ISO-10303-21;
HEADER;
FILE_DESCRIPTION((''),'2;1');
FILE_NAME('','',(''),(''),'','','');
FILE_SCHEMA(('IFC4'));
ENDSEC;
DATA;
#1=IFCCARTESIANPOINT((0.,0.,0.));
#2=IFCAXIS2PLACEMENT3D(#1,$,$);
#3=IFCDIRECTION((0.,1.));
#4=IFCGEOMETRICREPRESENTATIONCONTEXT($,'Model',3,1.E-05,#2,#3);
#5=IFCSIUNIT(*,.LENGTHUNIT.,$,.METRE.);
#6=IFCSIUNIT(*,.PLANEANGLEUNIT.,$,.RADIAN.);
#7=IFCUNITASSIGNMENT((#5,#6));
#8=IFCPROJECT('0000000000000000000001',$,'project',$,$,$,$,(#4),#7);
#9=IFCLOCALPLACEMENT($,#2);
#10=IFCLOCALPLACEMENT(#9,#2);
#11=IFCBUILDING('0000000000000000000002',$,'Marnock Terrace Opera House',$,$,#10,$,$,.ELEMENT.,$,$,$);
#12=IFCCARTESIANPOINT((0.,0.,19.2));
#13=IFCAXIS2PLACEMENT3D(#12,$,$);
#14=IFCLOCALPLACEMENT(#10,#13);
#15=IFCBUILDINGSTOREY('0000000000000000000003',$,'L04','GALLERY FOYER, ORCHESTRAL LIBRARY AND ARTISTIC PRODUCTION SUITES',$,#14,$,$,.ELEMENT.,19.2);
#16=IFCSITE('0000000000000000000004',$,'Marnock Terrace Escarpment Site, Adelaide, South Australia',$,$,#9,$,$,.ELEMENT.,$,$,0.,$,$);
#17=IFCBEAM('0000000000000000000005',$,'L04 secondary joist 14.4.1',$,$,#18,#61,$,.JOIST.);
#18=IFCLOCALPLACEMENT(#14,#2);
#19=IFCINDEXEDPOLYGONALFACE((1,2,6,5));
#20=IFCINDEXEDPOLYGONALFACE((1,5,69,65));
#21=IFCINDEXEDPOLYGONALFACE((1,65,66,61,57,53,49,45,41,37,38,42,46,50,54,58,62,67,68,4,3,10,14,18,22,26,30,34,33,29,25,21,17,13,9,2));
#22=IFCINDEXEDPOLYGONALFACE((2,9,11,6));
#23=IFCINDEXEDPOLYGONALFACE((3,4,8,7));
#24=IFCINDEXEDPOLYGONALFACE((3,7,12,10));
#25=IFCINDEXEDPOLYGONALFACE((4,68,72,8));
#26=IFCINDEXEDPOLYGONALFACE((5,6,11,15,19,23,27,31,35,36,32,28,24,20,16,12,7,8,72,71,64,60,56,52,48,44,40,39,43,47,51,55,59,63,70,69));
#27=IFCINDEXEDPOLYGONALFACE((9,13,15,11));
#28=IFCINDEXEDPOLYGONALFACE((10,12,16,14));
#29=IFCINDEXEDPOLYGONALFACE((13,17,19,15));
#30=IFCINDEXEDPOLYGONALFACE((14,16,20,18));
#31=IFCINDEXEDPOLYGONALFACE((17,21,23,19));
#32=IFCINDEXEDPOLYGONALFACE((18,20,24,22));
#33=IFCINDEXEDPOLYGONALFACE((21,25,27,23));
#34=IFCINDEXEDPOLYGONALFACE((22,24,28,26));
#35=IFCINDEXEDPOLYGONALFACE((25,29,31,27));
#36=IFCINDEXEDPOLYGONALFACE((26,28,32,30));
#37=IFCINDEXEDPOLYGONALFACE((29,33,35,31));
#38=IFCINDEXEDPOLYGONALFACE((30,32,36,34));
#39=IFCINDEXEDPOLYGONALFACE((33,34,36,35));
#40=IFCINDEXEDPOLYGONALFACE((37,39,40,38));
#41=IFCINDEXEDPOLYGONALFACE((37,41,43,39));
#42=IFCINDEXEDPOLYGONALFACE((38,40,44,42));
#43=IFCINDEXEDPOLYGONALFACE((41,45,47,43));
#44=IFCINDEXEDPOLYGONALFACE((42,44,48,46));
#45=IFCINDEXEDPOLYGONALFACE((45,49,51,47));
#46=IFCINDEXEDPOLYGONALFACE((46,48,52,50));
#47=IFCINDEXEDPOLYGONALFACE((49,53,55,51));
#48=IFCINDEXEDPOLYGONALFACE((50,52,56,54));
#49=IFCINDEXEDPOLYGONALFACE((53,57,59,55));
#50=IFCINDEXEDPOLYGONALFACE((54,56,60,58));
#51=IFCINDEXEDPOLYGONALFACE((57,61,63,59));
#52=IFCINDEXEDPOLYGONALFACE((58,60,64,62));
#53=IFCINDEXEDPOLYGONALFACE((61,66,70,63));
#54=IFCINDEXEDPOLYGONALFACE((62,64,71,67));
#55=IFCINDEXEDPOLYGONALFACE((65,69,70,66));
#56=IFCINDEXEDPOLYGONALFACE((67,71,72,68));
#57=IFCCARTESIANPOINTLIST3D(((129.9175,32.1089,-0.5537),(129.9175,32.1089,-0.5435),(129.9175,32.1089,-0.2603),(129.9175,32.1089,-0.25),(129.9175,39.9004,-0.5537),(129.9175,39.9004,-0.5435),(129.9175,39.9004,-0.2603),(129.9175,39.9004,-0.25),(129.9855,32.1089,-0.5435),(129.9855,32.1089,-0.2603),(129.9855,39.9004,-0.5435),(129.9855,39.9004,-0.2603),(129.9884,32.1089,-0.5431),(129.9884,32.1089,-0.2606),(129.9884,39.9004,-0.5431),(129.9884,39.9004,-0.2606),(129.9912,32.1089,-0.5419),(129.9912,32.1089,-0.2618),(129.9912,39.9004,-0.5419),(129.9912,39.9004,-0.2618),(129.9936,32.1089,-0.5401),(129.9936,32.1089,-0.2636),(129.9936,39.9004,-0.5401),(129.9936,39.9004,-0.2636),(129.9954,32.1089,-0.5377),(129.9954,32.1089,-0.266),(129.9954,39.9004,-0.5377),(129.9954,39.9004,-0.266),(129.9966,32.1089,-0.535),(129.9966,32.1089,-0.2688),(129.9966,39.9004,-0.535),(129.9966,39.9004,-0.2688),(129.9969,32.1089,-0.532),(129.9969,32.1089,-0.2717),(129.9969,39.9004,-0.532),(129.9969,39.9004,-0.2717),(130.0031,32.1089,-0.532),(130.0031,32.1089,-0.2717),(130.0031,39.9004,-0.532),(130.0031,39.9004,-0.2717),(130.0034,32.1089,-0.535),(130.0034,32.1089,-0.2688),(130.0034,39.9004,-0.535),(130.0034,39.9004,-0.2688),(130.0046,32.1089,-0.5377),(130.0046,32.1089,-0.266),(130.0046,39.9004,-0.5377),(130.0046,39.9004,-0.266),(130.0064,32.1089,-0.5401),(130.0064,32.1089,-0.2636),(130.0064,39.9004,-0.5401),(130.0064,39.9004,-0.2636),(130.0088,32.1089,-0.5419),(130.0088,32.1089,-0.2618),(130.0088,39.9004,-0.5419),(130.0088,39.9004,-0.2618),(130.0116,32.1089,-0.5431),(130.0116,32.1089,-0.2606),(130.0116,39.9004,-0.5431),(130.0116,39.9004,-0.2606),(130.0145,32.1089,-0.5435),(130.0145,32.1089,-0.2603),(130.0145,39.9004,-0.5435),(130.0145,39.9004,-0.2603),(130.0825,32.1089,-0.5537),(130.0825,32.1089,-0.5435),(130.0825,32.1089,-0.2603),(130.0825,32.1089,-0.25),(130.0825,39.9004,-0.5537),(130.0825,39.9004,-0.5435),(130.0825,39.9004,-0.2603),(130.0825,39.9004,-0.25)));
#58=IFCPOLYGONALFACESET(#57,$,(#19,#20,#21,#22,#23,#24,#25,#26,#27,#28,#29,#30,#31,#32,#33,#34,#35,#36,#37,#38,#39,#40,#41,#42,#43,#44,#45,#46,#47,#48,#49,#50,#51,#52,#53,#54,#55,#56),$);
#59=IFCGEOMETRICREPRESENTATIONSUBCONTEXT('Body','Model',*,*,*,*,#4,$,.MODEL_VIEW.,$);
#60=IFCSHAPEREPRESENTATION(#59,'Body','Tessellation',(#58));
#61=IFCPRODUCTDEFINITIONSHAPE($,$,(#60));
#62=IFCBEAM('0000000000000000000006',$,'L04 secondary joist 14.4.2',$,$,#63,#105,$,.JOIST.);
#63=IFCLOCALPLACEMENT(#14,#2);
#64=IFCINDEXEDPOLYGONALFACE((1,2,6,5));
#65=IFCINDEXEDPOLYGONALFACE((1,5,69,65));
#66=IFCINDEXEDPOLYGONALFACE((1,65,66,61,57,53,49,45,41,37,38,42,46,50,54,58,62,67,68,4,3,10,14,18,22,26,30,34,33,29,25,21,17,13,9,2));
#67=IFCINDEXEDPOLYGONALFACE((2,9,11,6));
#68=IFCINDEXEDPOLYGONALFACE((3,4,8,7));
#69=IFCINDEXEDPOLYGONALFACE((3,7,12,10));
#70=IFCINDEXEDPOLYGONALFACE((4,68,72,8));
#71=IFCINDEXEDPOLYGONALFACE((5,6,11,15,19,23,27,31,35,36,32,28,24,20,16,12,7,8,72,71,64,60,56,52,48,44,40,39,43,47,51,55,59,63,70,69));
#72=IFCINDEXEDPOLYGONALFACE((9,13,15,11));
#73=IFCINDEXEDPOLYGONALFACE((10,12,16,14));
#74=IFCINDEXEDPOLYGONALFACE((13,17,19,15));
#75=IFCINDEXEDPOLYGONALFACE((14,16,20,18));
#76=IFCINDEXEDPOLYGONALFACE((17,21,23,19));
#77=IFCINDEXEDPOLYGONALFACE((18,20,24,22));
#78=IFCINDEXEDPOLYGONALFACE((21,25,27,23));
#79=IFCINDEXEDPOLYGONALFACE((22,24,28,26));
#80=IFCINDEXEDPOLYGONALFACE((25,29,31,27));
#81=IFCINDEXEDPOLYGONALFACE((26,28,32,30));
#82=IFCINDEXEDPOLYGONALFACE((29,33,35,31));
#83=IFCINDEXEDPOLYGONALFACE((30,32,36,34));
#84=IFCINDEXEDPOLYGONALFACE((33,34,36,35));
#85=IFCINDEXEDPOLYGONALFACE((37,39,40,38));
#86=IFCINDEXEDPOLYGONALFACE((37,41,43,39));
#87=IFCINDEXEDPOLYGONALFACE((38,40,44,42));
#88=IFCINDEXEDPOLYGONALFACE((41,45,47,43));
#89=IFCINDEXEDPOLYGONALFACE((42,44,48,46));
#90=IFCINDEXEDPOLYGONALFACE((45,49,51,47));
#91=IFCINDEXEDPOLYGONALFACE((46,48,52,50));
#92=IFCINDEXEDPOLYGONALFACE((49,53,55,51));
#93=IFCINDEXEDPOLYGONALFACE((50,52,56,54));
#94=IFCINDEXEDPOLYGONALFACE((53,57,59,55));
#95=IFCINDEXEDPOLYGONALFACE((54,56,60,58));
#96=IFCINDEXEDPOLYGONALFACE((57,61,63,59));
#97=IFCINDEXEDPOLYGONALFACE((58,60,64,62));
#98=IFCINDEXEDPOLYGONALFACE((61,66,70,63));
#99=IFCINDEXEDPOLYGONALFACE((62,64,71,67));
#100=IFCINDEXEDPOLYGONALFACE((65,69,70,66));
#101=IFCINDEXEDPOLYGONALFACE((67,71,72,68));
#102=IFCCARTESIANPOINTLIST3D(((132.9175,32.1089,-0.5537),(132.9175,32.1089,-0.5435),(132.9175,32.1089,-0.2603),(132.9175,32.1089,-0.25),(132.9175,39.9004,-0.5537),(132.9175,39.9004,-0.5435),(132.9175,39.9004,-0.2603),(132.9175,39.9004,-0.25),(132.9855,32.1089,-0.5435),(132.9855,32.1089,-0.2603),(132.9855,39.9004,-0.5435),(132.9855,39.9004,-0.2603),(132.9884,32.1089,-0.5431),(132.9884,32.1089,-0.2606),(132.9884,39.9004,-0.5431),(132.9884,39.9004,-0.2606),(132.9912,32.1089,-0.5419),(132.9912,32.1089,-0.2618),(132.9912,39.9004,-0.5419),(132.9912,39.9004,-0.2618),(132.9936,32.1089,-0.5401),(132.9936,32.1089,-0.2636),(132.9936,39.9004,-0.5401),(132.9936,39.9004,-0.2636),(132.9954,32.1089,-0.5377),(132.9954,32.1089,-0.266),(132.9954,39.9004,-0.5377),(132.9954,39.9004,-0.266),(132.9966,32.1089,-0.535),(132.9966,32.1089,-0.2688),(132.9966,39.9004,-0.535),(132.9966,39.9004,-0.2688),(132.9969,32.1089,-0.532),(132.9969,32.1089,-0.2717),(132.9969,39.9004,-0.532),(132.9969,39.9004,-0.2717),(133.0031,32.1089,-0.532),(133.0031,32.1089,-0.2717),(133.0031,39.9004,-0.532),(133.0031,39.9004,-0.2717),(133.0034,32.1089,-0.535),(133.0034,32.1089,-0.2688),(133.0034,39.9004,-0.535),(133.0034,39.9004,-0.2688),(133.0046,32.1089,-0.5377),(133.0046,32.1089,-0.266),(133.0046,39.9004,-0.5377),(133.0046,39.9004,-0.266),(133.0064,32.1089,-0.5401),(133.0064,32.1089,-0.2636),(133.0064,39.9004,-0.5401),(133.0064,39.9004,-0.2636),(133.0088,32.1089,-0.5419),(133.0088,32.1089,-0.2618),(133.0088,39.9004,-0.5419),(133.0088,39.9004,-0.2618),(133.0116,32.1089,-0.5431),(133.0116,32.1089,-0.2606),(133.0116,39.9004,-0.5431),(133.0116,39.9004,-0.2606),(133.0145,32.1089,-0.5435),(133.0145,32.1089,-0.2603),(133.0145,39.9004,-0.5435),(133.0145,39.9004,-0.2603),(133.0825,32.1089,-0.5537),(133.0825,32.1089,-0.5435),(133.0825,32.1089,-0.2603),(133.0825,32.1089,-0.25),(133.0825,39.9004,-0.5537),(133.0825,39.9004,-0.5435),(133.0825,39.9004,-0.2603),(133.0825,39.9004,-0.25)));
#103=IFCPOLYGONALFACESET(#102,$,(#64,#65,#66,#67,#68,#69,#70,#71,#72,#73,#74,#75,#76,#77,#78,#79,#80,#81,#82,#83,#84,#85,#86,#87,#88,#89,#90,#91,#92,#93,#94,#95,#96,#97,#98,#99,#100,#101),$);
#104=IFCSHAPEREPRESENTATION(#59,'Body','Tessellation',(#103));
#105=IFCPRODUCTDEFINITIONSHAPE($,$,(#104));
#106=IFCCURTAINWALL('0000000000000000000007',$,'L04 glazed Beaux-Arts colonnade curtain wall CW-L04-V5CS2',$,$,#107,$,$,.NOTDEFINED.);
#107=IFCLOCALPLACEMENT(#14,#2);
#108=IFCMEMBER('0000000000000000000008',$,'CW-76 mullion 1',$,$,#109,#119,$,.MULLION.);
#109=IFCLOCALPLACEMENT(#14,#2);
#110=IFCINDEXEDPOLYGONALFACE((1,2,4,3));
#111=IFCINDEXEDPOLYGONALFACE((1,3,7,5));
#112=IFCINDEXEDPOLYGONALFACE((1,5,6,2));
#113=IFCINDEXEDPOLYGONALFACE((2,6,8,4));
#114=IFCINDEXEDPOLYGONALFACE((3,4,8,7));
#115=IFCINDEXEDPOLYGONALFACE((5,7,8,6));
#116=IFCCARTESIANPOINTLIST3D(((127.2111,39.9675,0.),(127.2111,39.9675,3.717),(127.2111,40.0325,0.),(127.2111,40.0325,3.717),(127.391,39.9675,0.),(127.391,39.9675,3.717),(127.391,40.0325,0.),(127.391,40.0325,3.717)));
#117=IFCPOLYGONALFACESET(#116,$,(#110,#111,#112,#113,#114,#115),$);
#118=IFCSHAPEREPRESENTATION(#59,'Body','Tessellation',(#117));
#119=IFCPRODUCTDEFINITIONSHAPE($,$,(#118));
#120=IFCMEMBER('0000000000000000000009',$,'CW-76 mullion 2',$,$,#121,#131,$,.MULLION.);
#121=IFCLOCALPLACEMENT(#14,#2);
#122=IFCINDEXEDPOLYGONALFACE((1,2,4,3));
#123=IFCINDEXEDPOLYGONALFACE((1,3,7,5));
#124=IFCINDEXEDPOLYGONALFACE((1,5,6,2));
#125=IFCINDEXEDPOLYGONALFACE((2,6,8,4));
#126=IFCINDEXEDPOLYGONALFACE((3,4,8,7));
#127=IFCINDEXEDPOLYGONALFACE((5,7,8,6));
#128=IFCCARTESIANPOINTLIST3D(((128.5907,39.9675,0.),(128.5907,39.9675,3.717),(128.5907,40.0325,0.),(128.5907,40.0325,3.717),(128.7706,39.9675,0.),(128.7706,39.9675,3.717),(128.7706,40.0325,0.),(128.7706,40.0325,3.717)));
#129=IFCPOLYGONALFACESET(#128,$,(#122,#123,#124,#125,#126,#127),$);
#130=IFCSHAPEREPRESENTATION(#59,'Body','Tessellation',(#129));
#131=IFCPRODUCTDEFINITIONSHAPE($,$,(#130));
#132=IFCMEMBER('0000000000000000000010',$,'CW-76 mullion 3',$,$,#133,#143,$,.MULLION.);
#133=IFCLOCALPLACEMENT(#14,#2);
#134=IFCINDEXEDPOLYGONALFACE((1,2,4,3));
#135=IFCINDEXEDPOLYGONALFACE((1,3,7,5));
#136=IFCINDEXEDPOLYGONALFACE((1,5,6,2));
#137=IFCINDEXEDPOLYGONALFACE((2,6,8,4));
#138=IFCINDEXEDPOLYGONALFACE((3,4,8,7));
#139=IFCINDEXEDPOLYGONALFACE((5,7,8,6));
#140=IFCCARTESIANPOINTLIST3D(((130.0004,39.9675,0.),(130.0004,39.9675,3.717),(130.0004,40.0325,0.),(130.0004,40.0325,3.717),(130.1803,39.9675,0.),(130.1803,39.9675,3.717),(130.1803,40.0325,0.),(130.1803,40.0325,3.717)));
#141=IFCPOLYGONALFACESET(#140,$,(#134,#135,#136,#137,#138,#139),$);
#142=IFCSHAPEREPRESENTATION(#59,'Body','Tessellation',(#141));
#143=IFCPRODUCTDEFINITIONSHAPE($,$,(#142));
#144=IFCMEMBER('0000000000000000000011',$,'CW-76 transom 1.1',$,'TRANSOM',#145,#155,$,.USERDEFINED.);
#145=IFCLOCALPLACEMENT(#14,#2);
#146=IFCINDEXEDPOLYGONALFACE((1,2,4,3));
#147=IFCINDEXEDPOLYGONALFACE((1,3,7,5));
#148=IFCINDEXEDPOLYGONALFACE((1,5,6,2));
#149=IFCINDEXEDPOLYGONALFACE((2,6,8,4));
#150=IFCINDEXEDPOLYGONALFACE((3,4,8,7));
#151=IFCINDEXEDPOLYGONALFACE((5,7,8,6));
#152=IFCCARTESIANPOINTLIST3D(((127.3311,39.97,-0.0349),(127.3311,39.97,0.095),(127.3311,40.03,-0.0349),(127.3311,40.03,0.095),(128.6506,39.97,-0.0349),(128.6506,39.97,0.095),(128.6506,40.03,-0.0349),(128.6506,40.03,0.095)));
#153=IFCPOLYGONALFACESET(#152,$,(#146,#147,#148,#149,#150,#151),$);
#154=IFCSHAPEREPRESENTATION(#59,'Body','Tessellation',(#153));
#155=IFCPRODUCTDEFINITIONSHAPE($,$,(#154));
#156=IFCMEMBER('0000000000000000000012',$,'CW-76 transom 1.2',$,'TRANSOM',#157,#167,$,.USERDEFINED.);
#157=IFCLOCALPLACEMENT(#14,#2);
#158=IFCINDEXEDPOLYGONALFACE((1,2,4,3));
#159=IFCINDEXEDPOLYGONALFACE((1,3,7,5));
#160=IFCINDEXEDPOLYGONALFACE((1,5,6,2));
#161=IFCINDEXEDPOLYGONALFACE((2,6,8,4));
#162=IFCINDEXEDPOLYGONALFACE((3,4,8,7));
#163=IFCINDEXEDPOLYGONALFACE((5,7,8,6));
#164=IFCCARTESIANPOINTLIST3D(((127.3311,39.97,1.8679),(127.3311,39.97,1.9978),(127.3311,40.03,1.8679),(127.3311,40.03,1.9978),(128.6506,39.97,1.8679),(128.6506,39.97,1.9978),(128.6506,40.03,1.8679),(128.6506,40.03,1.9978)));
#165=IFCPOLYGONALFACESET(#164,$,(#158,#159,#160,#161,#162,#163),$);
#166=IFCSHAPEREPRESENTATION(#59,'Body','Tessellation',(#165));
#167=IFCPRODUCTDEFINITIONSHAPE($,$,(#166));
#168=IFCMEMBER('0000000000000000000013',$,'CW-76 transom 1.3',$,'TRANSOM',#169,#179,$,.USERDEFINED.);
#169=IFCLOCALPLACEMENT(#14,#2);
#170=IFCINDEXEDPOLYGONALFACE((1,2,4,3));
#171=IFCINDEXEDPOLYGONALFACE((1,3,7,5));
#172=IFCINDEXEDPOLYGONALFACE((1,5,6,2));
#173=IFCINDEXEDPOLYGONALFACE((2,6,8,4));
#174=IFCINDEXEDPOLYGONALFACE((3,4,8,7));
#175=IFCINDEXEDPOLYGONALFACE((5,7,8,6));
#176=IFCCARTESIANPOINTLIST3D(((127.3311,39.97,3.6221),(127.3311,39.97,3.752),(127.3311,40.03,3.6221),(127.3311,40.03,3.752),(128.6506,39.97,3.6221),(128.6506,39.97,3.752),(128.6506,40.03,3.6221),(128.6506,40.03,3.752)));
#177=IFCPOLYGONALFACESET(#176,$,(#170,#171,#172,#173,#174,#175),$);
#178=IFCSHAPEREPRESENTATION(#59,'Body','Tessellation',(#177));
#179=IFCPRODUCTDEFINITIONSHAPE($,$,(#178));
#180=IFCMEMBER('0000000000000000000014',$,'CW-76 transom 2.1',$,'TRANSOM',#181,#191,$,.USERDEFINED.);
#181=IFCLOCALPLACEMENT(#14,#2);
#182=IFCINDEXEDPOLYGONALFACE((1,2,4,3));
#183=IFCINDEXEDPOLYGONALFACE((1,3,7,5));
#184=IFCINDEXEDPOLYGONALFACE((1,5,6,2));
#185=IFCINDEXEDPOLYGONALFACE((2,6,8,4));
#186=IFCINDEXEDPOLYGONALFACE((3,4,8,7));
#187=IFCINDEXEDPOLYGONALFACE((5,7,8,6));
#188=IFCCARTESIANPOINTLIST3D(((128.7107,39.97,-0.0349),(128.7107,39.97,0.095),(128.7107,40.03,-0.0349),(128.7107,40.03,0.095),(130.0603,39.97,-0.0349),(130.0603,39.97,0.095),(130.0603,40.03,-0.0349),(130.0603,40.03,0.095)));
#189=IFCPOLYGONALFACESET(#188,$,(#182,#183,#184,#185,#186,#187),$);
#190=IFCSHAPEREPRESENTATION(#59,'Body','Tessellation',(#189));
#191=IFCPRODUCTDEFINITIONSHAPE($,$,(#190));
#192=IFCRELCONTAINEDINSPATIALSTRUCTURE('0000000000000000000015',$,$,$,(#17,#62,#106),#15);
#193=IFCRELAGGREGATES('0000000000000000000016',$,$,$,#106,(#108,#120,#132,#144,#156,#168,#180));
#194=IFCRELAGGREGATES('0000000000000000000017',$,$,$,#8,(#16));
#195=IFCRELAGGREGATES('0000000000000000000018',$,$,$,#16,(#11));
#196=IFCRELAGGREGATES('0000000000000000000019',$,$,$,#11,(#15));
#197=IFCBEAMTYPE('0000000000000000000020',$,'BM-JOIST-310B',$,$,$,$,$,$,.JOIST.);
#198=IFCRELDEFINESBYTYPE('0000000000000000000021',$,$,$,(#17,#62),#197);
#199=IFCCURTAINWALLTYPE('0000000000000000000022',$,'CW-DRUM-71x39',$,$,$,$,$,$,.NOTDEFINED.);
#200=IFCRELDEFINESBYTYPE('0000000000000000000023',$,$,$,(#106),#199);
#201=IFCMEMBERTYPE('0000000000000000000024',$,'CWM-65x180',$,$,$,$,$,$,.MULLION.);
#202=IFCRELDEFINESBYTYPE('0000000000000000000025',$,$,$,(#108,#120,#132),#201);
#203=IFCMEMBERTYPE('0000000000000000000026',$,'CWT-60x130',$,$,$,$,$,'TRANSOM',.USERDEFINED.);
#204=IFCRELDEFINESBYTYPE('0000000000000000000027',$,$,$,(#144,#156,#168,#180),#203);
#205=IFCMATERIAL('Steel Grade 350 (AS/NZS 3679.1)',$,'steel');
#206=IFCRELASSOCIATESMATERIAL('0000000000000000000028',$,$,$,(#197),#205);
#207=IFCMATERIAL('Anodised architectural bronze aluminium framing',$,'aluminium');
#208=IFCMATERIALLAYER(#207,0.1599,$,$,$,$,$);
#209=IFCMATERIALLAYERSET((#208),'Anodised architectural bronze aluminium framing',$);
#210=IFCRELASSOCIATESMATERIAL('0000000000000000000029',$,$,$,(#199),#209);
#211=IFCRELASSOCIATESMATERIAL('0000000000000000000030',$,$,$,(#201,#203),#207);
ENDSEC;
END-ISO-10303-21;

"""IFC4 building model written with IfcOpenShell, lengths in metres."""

from ifc_helpers import new_model, si_unit, direction, frame, origin, origin_2d, place, context, subcontext, project, spatial, rectangle, i_section, extrude, material, layer, layer_set, material_profile, profile_set, type_object, element, aggregate, save


model = new_model("IFC4")

# Units and contexts
model_context = context("Model", 3, precision=1e-05, world=origin(), true_north=direction((0.0, 1.0)))
body_context = subcontext(model_context, "Body", "Model", "MODEL_VIEW")
ifc_project = project(units=[si_unit("LENGTHUNIT", "METRE"), si_unit("PLANEANGLEUNIT", "RADIAN")], contexts=[model_context])

# Site, building, storey
site_placement = place(None, origin())
site = spatial("IfcSite", under=ifc_project, at=site_placement, Name="Marnock Terrace Escarpment Site, Adelaide, South Australia", CompositionType="ELEMENT", RefElevation=0.0)
building_placement = place(site_placement, origin())
building = spatial("IfcBuilding", under=site, at=building_placement, Name="Marnock Terrace Opera House", CompositionType="ELEMENT")
storey_placement = place(building_placement, frame((0.0, 0.0, 19.2)))
storey = spatial("IfcBuildingStorey", under=building, at=storey_placement, Name="L04", Description="GALLERY FOYER, ORCHESTRAL LIBRARY AND ARTISTIC PRODUCTION SUITES", CompositionType="ELEMENT", Elevation=19.2)

# Beams
ifc_material_1 = material(Name="Steel Grade 350 (AS/NZS 3679.1)", Category="steel")
ifc_material_profile_1 = material_profile(ifc_material_1, i_section(OverallWidth=0.165, OverallDepth=0.3037, WebThickness=0.0061, FlangeThickness=0.0103, FilletRadius=0.0115, at=origin_2d()))
ifc_profile_set_1 = profile_set([ifc_material_profile_1], Name="Steel Grade 350 (AS/NZS 3679.1)")
beam_type_1 = type_object("IfcBeamType", Name="BM-JOIST-310B", PredefinedType="JOIST", material=ifc_profile_set_1)
for number, where, z_axis, x_axis, name in (
    (1, (130.0, 32.1089, -0.4019), (0.0, 1.0, 0.0), (-1.0, 0.0, 0.0), "L04 secondary joist 14.4.1"),
    (2, (133.0, 32.1089, -0.4019), (0.0, 1.0, 0.0), (-1.0, 0.0, 0.0), "L04 secondary joist 14.4.2"),
):
    element("IfcBeam", number, at=place(storey_placement, frame(where, z_axis=z_axis, x_axis=x_axis)), inside=storey, type_object=beam_type_1, Name=name, PredefinedType="JOIST", context=body_context, shape_type="SweptSolid", body=[
        extrude(i_section(OverallWidth=0.165, OverallDepth=0.3037, WebThickness=0.0061, FlangeThickness=0.0103, FilletRadius=0.0115, at=origin_2d()), origin(), (0.0, 0.0, 1.0), 7.7915),
    ])

# Curtain wall, members
ifc_material_2 = material(Name="Anodised architectural bronze aluminium framing", Category="aluminium")
ifc_layer_1 = layer(ifc_material_2, 0.1599)
ifc_layer_set_1 = layer_set([ifc_layer_1], Name="Anodised architectural bronze aluminium framing")
curtain_wall_type = type_object("IfcCurtainWallType", Name="CW-DRUM-71x39", PredefinedType="NOTDEFINED", material=ifc_layer_set_1)
curtain_wall_placement = place(storey_placement, origin())
curtain_wall = element("IfcCurtainWall", 3, at=curtain_wall_placement, inside=storey, type_object=curtain_wall_type, Name="L04 glazed Beaux-Arts colonnade curtain wall CW-L04-V5CS2", PredefinedType="NOTDEFINED")
ifc_material_profile_2 = material_profile(ifc_material_2, rectangle(XDim=0.0649, YDim=0.1799, at=origin_2d()))
ifc_profile_set_2 = profile_set([ifc_material_profile_2], Name="Anodised architectural bronze aluminium framing")
member_type_1 = type_object("IfcMemberType", Name="CWM-65x180", PredefinedType="MULLION", material=ifc_profile_set_2)
member_1_placement = place(storey_placement, frame((127.301, 40.0, 0.0), z_axis=(0.0, 0.0, 1.0), x_axis=(0.0, 1.0, 0.0)))
member_1 = element("IfcMember", 4, at=member_1_placement, type_object=member_type_1, Name="CW-76 mullion 1", PredefinedType="MULLION", context=body_context, shape_type="SweptSolid", body=[
    extrude(rectangle(XDim=0.0649, YDim=0.1799, at=origin_2d()), origin(), (0.0, 0.0, 1.0), 3.717),
])
member_2_placement = place(storey_placement, frame((128.6807, 40.0, 0.0), z_axis=(0.0, 0.0, 1.0), x_axis=(0.0, 1.0, 0.0)))
member_2 = element("IfcMember", 5, at=member_2_placement, type_object=member_type_1, Name="CW-76 mullion 2", PredefinedType="MULLION", context=body_context, shape_type="SweptSolid", body=[
    extrude(rectangle(XDim=0.0649, YDim=0.1799, at=origin_2d()), origin(), (0.0, 0.0, 1.0), 3.717),
])
member_3_placement = place(storey_placement, frame((130.0903, 40.0, 0.0), z_axis=(0.0, 0.0, 1.0), x_axis=(0.0, 1.0, 0.0)))
member_3 = element("IfcMember", 6, at=member_3_placement, type_object=member_type_1, Name="CW-76 mullion 3", PredefinedType="MULLION", context=body_context, shape_type="SweptSolid", body=[
    extrude(rectangle(XDim=0.0649, YDim=0.1799, at=origin_2d()), origin(), (0.0, 0.0, 1.0), 3.717),
])
ifc_material_profile_3 = material_profile(ifc_material_2, rectangle(XDim=0.0601, YDim=0.1299, at=origin_2d()))
ifc_profile_set_3 = profile_set([ifc_material_profile_3], Name="Anodised architectural bronze aluminium framing")
member_type_2 = type_object("IfcMemberType", Name="CWT-60x130", ElementType="TRANSOM", PredefinedType="USERDEFINED", material=ifc_profile_set_3)
member_4_placement = place(storey_placement, frame((127.3311, 40.0, 0.03), z_axis=(1.0, 0.0, 0.0), x_axis=(0.0, 1.0, 0.0)))
member_4 = element("IfcMember", 7, at=member_4_placement, type_object=member_type_2, Name="CW-76 transom 1.1", ObjectType="TRANSOM", PredefinedType="USERDEFINED", context=body_context, shape_type="SweptSolid", body=[
    extrude(rectangle(XDim=0.0601, YDim=0.1299, at=origin_2d()), origin(), (0.0, 0.0, 1.0), 1.3196),
])
member_5_placement = place(storey_placement, frame((127.3311, 40.0, 1.9329), z_axis=(1.0, 0.0, 0.0), x_axis=(0.0, 1.0, 0.0)))
member_5 = element("IfcMember", 8, at=member_5_placement, type_object=member_type_2, Name="CW-76 transom 1.2", ObjectType="TRANSOM", PredefinedType="USERDEFINED", context=body_context, shape_type="SweptSolid", body=[
    extrude(rectangle(XDim=0.0601, YDim=0.1299, at=origin_2d()), origin(), (0.0, 0.0, 1.0), 1.3196),
])
member_6_placement = place(storey_placement, frame((127.3311, 40.0, 3.687), z_axis=(1.0, 0.0, 0.0), x_axis=(0.0, 1.0, 0.0)))
member_6 = element("IfcMember", 9, at=member_6_placement, type_object=member_type_2, Name="CW-76 transom 1.3", ObjectType="TRANSOM", PredefinedType="USERDEFINED", context=body_context, shape_type="SweptSolid", body=[
    extrude(rectangle(XDim=0.0601, YDim=0.1299, at=origin_2d()), origin(), (0.0, 0.0, 1.0), 1.3196),
])
member_7_placement = place(storey_placement, frame((128.7107, 40.0, 0.03), z_axis=(1.0, 0.0, 0.0), x_axis=(0.0, 1.0, 0.0)))
member_7 = element("IfcMember", 10, at=member_7_placement, type_object=member_type_2, Name="CW-76 transom 2.1", ObjectType="TRANSOM", PredefinedType="USERDEFINED", context=body_context, shape_type="SweptSolid", body=[
    extrude(rectangle(XDim=0.0601, YDim=0.1299, at=origin_2d()), origin(), (0.0, 0.0, 1.0), 1.3496),
])
aggregate(curtain_wall, [member_1, member_2, member_3, member_4, member_5, member_6, member_7])

save(model, "model.ifc")
